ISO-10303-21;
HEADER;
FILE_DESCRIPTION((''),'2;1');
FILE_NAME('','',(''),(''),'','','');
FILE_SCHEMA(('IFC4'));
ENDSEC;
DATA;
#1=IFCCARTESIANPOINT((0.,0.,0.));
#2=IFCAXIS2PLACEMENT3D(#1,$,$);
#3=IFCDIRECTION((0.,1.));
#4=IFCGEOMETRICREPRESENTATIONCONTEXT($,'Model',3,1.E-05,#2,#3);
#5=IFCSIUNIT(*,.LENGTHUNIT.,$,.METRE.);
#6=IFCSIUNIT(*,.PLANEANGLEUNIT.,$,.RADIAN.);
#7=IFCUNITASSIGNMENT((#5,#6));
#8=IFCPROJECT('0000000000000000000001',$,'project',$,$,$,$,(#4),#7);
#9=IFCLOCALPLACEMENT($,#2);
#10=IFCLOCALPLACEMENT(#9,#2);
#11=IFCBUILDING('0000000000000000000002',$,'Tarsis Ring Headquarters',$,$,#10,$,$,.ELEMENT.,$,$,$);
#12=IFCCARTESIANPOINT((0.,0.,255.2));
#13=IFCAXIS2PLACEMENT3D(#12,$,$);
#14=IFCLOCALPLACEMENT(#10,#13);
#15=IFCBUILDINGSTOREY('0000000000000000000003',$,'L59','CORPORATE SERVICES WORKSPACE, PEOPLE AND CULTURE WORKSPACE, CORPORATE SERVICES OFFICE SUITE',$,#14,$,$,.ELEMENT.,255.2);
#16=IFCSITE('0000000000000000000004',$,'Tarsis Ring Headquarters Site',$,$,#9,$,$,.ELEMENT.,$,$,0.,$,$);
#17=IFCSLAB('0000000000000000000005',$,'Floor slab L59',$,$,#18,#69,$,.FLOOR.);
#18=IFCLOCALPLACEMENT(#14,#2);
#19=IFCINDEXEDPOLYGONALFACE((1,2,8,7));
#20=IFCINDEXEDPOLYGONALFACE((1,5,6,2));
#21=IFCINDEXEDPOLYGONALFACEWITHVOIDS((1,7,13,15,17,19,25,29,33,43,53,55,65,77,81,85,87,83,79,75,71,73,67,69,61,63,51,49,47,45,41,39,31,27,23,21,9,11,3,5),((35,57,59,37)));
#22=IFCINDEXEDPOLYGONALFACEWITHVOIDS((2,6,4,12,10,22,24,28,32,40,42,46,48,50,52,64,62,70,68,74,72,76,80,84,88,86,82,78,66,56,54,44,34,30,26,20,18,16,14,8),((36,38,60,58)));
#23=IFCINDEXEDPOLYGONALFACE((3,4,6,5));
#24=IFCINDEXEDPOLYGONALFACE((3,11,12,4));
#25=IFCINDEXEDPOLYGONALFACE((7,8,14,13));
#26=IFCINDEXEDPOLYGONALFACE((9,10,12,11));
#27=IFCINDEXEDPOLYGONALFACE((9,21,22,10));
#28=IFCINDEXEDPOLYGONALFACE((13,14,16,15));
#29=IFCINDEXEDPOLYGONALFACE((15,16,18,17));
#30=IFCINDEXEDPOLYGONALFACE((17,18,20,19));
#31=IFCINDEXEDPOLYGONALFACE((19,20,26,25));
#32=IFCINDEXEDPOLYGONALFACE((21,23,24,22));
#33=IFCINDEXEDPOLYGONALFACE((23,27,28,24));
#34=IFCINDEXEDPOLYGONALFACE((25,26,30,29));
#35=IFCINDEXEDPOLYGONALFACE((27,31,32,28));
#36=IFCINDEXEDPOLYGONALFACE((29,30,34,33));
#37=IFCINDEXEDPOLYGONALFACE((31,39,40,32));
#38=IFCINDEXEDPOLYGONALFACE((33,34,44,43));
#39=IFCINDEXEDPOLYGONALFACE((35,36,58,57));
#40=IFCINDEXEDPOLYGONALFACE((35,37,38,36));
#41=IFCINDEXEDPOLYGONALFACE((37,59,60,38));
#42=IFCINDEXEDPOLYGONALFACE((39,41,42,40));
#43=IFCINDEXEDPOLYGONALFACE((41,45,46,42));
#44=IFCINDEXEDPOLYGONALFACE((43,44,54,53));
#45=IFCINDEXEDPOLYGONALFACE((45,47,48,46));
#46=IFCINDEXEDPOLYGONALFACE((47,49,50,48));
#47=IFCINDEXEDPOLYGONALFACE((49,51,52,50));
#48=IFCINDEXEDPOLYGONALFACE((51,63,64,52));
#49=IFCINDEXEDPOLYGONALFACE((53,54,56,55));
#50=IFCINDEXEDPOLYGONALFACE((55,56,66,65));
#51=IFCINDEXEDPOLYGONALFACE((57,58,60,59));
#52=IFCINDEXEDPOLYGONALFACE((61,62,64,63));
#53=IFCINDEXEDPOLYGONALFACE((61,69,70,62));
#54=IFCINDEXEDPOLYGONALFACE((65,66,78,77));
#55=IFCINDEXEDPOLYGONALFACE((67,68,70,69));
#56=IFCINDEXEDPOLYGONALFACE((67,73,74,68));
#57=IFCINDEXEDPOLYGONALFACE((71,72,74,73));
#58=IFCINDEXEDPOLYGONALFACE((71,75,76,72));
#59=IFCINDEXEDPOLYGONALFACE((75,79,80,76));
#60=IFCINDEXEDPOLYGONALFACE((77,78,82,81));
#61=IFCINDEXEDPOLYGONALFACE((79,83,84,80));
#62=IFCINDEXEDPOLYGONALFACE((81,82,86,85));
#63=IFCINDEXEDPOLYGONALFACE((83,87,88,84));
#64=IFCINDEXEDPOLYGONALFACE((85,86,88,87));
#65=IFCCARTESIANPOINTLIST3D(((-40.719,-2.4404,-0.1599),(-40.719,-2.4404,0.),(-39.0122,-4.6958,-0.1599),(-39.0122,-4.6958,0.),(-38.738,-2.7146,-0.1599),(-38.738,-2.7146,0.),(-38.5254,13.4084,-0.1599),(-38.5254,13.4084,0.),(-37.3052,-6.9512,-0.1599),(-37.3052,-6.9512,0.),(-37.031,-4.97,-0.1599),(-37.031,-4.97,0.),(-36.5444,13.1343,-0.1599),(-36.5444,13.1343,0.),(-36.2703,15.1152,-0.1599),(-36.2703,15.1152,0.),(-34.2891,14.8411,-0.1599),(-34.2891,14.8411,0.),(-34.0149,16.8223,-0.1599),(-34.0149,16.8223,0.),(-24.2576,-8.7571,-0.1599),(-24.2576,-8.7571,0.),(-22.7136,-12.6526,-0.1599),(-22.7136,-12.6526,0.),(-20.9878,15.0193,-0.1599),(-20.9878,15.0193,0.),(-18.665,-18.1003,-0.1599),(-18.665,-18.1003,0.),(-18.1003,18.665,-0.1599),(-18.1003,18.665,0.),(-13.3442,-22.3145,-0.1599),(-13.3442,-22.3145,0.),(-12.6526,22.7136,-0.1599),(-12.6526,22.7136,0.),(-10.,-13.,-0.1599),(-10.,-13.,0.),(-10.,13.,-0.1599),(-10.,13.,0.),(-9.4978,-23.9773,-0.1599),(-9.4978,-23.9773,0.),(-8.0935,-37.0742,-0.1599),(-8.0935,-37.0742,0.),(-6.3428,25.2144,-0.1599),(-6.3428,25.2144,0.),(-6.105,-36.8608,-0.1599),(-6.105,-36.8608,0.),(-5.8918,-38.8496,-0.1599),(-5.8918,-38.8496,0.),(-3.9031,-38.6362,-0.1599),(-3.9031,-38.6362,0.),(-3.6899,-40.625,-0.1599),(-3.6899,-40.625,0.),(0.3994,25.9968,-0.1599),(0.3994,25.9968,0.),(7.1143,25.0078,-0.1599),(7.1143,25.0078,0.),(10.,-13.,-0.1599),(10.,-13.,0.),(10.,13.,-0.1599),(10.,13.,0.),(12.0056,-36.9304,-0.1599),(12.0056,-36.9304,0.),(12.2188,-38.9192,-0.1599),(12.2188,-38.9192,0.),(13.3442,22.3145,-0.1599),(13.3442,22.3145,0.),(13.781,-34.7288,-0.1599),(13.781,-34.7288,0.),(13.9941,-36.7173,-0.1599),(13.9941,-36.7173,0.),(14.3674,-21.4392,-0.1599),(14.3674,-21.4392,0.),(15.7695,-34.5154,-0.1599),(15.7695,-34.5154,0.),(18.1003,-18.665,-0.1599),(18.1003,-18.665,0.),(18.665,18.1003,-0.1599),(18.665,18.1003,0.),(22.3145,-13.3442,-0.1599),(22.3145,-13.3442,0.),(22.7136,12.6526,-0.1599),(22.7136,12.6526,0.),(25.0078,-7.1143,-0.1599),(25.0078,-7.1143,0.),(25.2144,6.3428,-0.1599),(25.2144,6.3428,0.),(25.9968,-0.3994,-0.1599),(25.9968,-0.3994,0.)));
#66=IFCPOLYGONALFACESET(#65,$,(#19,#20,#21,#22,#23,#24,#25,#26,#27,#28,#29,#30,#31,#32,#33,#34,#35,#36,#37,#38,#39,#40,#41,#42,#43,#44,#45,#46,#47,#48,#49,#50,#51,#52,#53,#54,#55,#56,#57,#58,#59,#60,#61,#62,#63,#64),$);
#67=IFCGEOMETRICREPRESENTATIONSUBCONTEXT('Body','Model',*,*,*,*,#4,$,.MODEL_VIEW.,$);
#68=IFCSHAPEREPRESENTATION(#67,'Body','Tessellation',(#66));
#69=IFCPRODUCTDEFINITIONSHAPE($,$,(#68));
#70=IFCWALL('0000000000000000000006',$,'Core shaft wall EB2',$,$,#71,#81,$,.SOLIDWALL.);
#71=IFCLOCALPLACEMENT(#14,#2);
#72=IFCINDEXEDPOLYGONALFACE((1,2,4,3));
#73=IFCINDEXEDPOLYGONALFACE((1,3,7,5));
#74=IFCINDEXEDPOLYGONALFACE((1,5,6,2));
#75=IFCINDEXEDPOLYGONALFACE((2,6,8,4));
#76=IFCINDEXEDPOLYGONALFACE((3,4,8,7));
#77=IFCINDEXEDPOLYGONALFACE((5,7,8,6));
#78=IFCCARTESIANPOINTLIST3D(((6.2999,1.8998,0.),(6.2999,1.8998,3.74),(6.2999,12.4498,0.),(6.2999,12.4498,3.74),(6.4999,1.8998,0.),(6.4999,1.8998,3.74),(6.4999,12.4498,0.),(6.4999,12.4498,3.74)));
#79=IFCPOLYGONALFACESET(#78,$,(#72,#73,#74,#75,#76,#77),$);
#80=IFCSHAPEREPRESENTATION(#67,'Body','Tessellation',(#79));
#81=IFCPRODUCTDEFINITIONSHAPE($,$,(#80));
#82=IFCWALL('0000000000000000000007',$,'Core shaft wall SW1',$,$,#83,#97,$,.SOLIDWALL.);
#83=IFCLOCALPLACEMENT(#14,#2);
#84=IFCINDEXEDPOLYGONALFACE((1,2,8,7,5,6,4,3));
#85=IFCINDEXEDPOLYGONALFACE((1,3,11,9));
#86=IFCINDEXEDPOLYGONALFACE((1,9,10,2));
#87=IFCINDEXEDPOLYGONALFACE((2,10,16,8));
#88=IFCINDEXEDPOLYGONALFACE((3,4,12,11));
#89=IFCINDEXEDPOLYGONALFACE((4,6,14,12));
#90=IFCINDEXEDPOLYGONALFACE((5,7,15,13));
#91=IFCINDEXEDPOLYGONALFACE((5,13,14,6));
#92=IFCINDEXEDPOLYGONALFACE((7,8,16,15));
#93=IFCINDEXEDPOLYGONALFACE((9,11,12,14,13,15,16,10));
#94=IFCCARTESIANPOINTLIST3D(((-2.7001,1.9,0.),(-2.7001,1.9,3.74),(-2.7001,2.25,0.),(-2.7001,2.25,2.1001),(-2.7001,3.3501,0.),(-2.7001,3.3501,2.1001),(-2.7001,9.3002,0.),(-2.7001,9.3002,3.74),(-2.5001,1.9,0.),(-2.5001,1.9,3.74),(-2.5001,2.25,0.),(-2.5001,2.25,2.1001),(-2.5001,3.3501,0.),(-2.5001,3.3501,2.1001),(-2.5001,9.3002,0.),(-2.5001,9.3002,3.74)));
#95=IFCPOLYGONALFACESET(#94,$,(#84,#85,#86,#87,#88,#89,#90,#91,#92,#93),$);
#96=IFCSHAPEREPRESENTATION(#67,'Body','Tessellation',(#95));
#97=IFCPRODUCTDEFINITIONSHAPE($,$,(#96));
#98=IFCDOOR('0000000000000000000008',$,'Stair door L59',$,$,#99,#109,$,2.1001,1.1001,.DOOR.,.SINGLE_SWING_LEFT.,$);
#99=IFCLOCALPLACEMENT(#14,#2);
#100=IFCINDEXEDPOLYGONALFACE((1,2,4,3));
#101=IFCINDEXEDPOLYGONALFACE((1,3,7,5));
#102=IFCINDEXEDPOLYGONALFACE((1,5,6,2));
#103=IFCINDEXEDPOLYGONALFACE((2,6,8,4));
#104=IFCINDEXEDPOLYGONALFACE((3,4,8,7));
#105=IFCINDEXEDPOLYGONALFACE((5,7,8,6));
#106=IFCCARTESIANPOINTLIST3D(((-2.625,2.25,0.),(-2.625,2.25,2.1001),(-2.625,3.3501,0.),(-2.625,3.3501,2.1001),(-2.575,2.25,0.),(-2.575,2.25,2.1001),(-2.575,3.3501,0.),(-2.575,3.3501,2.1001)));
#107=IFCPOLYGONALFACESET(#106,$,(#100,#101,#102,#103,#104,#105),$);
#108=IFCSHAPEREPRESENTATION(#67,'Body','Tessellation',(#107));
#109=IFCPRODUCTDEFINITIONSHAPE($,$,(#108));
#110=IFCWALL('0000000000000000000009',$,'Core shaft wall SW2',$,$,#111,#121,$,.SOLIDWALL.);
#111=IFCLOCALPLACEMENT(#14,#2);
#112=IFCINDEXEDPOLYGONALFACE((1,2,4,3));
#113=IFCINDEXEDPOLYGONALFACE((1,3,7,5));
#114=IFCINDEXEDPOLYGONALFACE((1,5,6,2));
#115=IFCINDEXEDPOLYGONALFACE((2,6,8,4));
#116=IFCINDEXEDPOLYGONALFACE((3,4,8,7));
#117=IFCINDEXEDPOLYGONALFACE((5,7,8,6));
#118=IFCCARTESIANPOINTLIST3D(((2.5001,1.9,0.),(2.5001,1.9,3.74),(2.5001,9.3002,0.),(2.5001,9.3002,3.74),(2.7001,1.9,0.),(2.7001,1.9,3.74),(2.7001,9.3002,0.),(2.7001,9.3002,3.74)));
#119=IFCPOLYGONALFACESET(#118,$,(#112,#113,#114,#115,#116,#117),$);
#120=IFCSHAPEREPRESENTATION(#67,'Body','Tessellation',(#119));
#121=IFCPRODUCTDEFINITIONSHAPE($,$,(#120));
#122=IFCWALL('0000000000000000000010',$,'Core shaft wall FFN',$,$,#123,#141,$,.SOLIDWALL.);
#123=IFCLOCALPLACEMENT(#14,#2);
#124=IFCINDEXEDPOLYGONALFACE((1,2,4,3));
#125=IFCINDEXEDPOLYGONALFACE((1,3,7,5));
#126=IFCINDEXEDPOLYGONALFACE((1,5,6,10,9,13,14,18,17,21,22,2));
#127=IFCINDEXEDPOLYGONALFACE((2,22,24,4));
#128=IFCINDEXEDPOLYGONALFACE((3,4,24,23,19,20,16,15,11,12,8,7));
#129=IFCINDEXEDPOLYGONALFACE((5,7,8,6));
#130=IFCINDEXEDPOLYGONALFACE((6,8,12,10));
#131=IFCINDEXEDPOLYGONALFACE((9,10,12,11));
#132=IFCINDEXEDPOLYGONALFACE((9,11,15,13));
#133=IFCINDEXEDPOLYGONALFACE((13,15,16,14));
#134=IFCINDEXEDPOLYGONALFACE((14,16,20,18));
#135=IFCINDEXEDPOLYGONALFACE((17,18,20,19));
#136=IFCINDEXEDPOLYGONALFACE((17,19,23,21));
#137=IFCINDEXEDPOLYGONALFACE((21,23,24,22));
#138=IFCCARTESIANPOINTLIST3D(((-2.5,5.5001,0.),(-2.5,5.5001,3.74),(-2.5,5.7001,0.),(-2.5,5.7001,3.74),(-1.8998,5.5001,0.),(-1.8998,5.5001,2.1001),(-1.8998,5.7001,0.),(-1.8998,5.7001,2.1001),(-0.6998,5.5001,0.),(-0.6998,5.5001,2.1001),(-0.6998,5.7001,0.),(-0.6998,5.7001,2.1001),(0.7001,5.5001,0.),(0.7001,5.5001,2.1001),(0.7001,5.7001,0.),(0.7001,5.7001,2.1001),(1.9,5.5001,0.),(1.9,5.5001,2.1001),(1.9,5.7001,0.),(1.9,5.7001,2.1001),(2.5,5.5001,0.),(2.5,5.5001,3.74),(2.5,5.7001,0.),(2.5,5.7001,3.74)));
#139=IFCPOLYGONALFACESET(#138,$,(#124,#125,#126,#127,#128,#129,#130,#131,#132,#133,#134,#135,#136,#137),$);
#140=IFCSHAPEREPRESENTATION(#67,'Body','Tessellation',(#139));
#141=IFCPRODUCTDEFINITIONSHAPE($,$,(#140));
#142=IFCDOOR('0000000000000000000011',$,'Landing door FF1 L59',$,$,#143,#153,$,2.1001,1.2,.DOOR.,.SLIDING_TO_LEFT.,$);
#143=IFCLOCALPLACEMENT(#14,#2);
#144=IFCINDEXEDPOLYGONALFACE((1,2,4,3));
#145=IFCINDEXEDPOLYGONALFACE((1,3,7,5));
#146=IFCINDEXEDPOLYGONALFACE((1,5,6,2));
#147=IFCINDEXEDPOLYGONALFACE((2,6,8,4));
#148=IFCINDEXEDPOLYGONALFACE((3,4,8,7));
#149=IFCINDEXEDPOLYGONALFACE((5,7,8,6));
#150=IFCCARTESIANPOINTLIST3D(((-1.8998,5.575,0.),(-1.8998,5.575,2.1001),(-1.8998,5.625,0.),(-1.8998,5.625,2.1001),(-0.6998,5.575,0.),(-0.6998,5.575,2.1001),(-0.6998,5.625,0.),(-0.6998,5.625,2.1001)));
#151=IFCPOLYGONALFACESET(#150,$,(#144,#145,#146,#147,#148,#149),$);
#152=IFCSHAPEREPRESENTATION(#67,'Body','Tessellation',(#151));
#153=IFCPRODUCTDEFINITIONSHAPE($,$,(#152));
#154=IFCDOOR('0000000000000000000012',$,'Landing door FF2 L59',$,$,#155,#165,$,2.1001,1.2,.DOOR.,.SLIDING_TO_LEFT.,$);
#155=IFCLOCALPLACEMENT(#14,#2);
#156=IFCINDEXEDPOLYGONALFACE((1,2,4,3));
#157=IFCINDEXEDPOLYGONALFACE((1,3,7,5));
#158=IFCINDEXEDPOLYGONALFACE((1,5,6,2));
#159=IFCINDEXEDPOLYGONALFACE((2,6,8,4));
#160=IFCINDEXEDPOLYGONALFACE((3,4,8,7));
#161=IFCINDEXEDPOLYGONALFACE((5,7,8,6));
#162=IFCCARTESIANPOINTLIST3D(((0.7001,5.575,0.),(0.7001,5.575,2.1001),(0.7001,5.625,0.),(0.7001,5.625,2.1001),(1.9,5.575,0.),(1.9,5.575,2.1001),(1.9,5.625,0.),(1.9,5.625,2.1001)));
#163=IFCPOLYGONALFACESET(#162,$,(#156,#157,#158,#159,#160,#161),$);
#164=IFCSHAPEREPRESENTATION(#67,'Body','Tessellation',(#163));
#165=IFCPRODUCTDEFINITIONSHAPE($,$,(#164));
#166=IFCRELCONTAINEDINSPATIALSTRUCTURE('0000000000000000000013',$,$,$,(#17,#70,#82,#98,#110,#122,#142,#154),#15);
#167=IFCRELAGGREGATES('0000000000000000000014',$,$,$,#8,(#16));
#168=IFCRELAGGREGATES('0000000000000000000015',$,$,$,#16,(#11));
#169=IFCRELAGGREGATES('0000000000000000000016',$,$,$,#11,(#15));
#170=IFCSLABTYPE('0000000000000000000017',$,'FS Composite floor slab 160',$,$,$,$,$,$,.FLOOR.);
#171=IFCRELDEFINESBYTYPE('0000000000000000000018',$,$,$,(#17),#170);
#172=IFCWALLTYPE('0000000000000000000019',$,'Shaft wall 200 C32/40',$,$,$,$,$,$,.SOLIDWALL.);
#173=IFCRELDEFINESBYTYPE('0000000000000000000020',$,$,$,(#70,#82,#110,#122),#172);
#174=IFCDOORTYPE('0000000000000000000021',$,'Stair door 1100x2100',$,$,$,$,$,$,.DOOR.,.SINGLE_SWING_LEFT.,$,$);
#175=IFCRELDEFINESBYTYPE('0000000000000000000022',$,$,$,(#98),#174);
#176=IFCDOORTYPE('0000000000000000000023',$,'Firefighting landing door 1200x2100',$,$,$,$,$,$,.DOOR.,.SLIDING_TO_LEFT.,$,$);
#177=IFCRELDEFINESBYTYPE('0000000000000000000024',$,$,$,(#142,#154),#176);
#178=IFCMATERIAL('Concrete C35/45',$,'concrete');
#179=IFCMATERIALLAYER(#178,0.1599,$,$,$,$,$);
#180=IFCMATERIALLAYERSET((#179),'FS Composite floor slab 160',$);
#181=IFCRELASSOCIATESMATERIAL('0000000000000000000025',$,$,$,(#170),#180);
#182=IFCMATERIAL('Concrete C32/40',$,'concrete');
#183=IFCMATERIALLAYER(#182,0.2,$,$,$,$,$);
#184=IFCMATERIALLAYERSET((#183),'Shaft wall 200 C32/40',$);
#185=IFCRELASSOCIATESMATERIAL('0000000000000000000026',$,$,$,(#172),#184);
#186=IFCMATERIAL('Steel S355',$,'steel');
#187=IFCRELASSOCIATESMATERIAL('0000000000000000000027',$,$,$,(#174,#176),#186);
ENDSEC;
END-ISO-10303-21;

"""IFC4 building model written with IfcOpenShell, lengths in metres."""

from ifc_helpers import new_model, si_unit, direction, frame, frame_2d, origin, place, context, subcontext, project, spatial, polyline, rectangle, outline, extrude, material, layer, layer_set, type_object, element, fill, save


model = new_model("IFC4")

# Units and contexts
model_context = context("Model", 3, precision=1e-05, world=origin(), true_north=direction((0.0, 1.0)))
body_context = subcontext(model_context, "Body", "Model", "MODEL_VIEW")
ifc_project = project(units=[si_unit("LENGTHUNIT", "METRE"), si_unit("PLANEANGLEUNIT", "RADIAN")], contexts=[model_context])

# Site, building, storey
site_placement = place(None, origin())
site = spatial("IfcSite", under=ifc_project, at=site_placement, Name="Tarsis Ring Headquarters Site", CompositionType="ELEMENT", RefElevation=0.0)
building_placement = place(site_placement, origin())
building = spatial("IfcBuilding", under=site, at=building_placement, Name="Tarsis Ring Headquarters", CompositionType="ELEMENT")
storey_placement = place(building_placement, frame((0.0, 0.0, 255.2)))
storey = spatial("IfcBuildingStorey", under=building, at=storey_placement, Name="L59", Description="CORPORATE SERVICES WORKSPACE, PEOPLE AND CULTURE WORKSPACE, CORPORATE SERVICES OFFICE SUITE", CompositionType="ELEMENT", Elevation=255.2)

# Slab
ifc_material_1 = material(Name="Concrete C35/45", Category="concrete")
ifc_layer_1 = layer(ifc_material_1, 0.1599)
ifc_layer_set_1 = layer_set([ifc_layer_1], Name="FS Composite floor slab 160")
slab_type_1 = type_object("IfcSlabType", Name="FS Composite floor slab 160", PredefinedType="FLOOR", material=ifc_layer_set_1)
slab_1_placement = place(storey_placement, frame((0.0, 0.0, -0.1599)))
element("IfcSlab", 1, at=slab_1_placement, inside=storey, type_object=slab_type_1, Name="Floor slab L59", PredefinedType="FLOOR", context=body_context, shape_type="SweptSolid", body=[
    extrude(outline(polyline([(-24.2576, -8.7571), (-22.7136, -12.6526), (-18.665, -18.1003), (-13.3442, -22.3145), (-9.4978, -23.9773), (-8.0935, -37.0742), (-6.105, -36.8608), (-5.8918, -38.8496), (-3.9031, -38.6362), (-3.6899, -40.625), (12.2188, -38.9192), (12.0056, -36.9304), (13.9941, -36.7173), (13.781, -34.7288), (15.7695, -34.5154), (14.3674, -21.4392), (18.1003, -18.665), (22.3145, -13.3442), (25.0078, -7.1143), (25.9968, -0.3994), (25.2144, 6.3428), (22.7136, 12.6526), (18.665, 18.1003), (13.3442, 22.3145), (7.1143, 25.0078), (0.3994, 25.9968), (-6.3428, 25.2144), (-12.6526, 22.7136), (-18.1003, 18.665), (-20.9878, 15.0193), (-34.0149, 16.8223), (-34.2891, 14.8411), (-36.2703, 15.1152), (-36.5444, 13.1343), (-38.5254, 13.4084), (-40.719, -2.4404), (-38.738, -2.7146), (-39.0122, -4.6958), (-37.031, -4.97), (-37.3052, -6.9512), (-24.2576, -8.7571)]), holes=[polyline([(-10.0, -13.0), (-10.0, 13.0), (10.0, 13.0), (10.0, -13.0), (-10.0, -13.0)])]), origin(), (0.0, 0.0, 1.0), 0.1599),
])

# Wall
ifc_material_2 = material(Name="Concrete C32/40", Category="concrete")
ifc_layer_2 = layer(ifc_material_2, 0.2)
ifc_layer_set_2 = layer_set([ifc_layer_2], Name="Shaft wall 200 C32/40")
wall_type = type_object("IfcWallType", Name="Shaft wall 200 C32/40", PredefinedType="SOLIDWALL", material=ifc_layer_set_2)
wall_1_placement = place(storey_placement, frame((6.3999, 1.8999, 0.0), z_axis=(0.0, 0.0, 1.0), x_axis=(0.0, 1.0, 0.0)))
element("IfcWall", 2, at=wall_1_placement, inside=storey, type_object=wall_type, Name="Core shaft wall EB2", PredefinedType="SOLIDWALL", context=body_context, shape_type="SweptSolid", body=[
    extrude(rectangle(XDim=10.55, YDim=0.2, at=frame_2d((5.2749, 0.0))), origin(), (0.0, 0.0, 1.0), 3.74),
])

# Wall, opening, door
wall_2_placement = place(storey_placement, frame((-2.6001, 1.8999, 0.0), z_axis=(0.0, 0.0, 1.0), x_axis=(0.0, 1.0, 0.0)))
wall_2 = element("IfcWall", 3, at=wall_2_placement, inside=storey, type_object=wall_type, Name="Core shaft wall SW1", PredefinedType="SOLIDWALL", context=body_context, shape_type="SweptSolid", body=[
    extrude(rectangle(XDim=7.4001, YDim=0.2, at=frame_2d((3.7002, 0.0))), origin(), (0.0, 0.0, 1.0), 3.74),
])
opening_1_placement = place(wall_2_placement, frame((0.3501, 0.0, 0.0)))
opening_1 = element("IfcOpeningElement", 4, at=opening_1_placement, cuts=wall_2, PredefinedType="OPENING", context=body_context, shape_type="SweptSolid", body=[
    extrude(rectangle(XDim=1.1001, YDim=2.1001, at=frame_2d((0.55, 1.05))), frame((0.0, 0.1099, 0.0), z_axis=(0.0, -1.0, 0.0), x_axis=(1.0, 0.0, 0.0)), (0.0, 0.0, 1.0), 0.22),
])
ifc_material_3 = material(Name="Steel S355", Category="steel")
door_type_1 = type_object("IfcDoorType", Name="Stair door 1100x2100", OperationType="SINGLE_SWING_LEFT", PredefinedType="DOOR", material=ifc_material_3)
door_1_placement = place(opening_1_placement, origin())
door_1 = element("IfcDoor", 5, at=door_1_placement, inside=storey, type_object=door_type_1, Name="Stair door L59", OperationType="SINGLE_SWING_LEFT", OverallHeight=2.1001, OverallWidth=1.1001, PredefinedType="DOOR", context=body_context, shape_type="SweptSolid", body=[
    extrude(rectangle(XDim=1.1001, YDim=2.1001, at=frame_2d((0.55, 1.05))), frame((0.0, 0.0249, 0.0), z_axis=(0.0, -1.0, 0.0), x_axis=(1.0, 0.0, 0.0)), (0.0, 0.0, 1.0), 0.05),
])
fill(opening_1, door_1)

# Wall
wall_3_placement = place(storey_placement, frame((2.6001, 1.8999, 0.0), z_axis=(0.0, 0.0, 1.0), x_axis=(0.0, 1.0, 0.0)))
element("IfcWall", 6, at=wall_3_placement, inside=storey, type_object=wall_type, Name="Core shaft wall SW2", PredefinedType="SOLIDWALL", context=body_context, shape_type="SweptSolid", body=[
    extrude(rectangle(XDim=7.4001, YDim=0.2, at=frame_2d((3.7002, 0.0))), origin(), (0.0, 0.0, 1.0), 3.74),
])

# Wall, openings, doors
wall_4_placement = place(storey_placement, frame((-2.5, 5.6001, 0.0), z_axis=(0.0, 0.0, 1.0), x_axis=(1.0, 0.0, 0.0)))
wall_4 = element("IfcWall", 7, at=wall_4_placement, inside=storey, type_object=wall_type, Name="Core shaft wall FFN", PredefinedType="SOLIDWALL", context=body_context, shape_type="SweptSolid", body=[
    extrude(rectangle(XDim=5.0, YDim=0.2, at=frame_2d((2.5, 0.0))), origin(), (0.0, 0.0, 1.0), 3.74),
])
opening_2_placement = place(wall_4_placement, frame((0.6001, 0.0, 0.0)))
opening_2 = element("IfcOpeningElement", 8, at=opening_2_placement, cuts=wall_4, PredefinedType="OPENING", context=body_context, shape_type="SweptSolid", body=[
    extrude(rectangle(XDim=1.2, YDim=2.1001, at=frame_2d((0.6001, 1.05))), frame((0.0, 0.1099, 0.0), z_axis=(0.0, -1.0, 0.0), x_axis=(1.0, 0.0, 0.0)), (0.0, 0.0, 1.0), 0.22),
])
opening_3_placement = place(wall_4_placement, frame((3.2, 0.0, 0.0)))
opening_3 = element("IfcOpeningElement", 9, at=opening_3_placement, cuts=wall_4, PredefinedType="OPENING", context=body_context, shape_type="SweptSolid", body=[
    extrude(rectangle(XDim=1.2, YDim=2.1001, at=frame_2d((0.6001, 1.05))), frame((0.0, 0.1099, 0.0), z_axis=(0.0, -1.0, 0.0), x_axis=(1.0, 0.0, 0.0)), (0.0, 0.0, 1.0), 0.22),
])
door_type_2 = type_object("IfcDoorType", Name="Firefighting landing door 1200x2100", OperationType="SLIDING_TO_LEFT", PredefinedType="DOOR", material=ifc_material_3)
door_2_placement = place(opening_2_placement, origin())
door_2 = element("IfcDoor", 10, at=door_2_placement, inside=storey, type_object=door_type_2, Name="Landing door FF1 L59", OperationType="SLIDING_TO_LEFT", OverallHeight=2.1001, OverallWidth=1.2, PredefinedType="DOOR", context=body_context, shape_type="SweptSolid", body=[
    extrude(rectangle(XDim=1.2, YDim=2.1001, at=frame_2d((0.6001, 1.05))), frame((0.0, 0.0249, 0.0), z_axis=(0.0, -1.0, 0.0), x_axis=(1.0, 0.0, 0.0)), (0.0, 0.0, 1.0), 0.05),
])
fill(opening_2, door_2)
door_3_placement = place(opening_3_placement, origin())
door_3 = element("IfcDoor", 11, at=door_3_placement, inside=storey, type_object=door_type_2, Name="Landing door FF2 L59", OperationType="SLIDING_TO_LEFT", OverallHeight=2.1001, OverallWidth=1.2, PredefinedType="DOOR", context=body_context, shape_type="SweptSolid", body=[
    extrude(rectangle(XDim=1.2, YDim=2.1001, at=frame_2d((0.6001, 1.05))), frame((0.0, 0.0249, 0.0), z_axis=(0.0, -1.0, 0.0), x_axis=(1.0, 0.0, 0.0)), (0.0, 0.0, 1.0), 0.05),
])
fill(opening_3, door_3)

save(model, "model.ifc")
